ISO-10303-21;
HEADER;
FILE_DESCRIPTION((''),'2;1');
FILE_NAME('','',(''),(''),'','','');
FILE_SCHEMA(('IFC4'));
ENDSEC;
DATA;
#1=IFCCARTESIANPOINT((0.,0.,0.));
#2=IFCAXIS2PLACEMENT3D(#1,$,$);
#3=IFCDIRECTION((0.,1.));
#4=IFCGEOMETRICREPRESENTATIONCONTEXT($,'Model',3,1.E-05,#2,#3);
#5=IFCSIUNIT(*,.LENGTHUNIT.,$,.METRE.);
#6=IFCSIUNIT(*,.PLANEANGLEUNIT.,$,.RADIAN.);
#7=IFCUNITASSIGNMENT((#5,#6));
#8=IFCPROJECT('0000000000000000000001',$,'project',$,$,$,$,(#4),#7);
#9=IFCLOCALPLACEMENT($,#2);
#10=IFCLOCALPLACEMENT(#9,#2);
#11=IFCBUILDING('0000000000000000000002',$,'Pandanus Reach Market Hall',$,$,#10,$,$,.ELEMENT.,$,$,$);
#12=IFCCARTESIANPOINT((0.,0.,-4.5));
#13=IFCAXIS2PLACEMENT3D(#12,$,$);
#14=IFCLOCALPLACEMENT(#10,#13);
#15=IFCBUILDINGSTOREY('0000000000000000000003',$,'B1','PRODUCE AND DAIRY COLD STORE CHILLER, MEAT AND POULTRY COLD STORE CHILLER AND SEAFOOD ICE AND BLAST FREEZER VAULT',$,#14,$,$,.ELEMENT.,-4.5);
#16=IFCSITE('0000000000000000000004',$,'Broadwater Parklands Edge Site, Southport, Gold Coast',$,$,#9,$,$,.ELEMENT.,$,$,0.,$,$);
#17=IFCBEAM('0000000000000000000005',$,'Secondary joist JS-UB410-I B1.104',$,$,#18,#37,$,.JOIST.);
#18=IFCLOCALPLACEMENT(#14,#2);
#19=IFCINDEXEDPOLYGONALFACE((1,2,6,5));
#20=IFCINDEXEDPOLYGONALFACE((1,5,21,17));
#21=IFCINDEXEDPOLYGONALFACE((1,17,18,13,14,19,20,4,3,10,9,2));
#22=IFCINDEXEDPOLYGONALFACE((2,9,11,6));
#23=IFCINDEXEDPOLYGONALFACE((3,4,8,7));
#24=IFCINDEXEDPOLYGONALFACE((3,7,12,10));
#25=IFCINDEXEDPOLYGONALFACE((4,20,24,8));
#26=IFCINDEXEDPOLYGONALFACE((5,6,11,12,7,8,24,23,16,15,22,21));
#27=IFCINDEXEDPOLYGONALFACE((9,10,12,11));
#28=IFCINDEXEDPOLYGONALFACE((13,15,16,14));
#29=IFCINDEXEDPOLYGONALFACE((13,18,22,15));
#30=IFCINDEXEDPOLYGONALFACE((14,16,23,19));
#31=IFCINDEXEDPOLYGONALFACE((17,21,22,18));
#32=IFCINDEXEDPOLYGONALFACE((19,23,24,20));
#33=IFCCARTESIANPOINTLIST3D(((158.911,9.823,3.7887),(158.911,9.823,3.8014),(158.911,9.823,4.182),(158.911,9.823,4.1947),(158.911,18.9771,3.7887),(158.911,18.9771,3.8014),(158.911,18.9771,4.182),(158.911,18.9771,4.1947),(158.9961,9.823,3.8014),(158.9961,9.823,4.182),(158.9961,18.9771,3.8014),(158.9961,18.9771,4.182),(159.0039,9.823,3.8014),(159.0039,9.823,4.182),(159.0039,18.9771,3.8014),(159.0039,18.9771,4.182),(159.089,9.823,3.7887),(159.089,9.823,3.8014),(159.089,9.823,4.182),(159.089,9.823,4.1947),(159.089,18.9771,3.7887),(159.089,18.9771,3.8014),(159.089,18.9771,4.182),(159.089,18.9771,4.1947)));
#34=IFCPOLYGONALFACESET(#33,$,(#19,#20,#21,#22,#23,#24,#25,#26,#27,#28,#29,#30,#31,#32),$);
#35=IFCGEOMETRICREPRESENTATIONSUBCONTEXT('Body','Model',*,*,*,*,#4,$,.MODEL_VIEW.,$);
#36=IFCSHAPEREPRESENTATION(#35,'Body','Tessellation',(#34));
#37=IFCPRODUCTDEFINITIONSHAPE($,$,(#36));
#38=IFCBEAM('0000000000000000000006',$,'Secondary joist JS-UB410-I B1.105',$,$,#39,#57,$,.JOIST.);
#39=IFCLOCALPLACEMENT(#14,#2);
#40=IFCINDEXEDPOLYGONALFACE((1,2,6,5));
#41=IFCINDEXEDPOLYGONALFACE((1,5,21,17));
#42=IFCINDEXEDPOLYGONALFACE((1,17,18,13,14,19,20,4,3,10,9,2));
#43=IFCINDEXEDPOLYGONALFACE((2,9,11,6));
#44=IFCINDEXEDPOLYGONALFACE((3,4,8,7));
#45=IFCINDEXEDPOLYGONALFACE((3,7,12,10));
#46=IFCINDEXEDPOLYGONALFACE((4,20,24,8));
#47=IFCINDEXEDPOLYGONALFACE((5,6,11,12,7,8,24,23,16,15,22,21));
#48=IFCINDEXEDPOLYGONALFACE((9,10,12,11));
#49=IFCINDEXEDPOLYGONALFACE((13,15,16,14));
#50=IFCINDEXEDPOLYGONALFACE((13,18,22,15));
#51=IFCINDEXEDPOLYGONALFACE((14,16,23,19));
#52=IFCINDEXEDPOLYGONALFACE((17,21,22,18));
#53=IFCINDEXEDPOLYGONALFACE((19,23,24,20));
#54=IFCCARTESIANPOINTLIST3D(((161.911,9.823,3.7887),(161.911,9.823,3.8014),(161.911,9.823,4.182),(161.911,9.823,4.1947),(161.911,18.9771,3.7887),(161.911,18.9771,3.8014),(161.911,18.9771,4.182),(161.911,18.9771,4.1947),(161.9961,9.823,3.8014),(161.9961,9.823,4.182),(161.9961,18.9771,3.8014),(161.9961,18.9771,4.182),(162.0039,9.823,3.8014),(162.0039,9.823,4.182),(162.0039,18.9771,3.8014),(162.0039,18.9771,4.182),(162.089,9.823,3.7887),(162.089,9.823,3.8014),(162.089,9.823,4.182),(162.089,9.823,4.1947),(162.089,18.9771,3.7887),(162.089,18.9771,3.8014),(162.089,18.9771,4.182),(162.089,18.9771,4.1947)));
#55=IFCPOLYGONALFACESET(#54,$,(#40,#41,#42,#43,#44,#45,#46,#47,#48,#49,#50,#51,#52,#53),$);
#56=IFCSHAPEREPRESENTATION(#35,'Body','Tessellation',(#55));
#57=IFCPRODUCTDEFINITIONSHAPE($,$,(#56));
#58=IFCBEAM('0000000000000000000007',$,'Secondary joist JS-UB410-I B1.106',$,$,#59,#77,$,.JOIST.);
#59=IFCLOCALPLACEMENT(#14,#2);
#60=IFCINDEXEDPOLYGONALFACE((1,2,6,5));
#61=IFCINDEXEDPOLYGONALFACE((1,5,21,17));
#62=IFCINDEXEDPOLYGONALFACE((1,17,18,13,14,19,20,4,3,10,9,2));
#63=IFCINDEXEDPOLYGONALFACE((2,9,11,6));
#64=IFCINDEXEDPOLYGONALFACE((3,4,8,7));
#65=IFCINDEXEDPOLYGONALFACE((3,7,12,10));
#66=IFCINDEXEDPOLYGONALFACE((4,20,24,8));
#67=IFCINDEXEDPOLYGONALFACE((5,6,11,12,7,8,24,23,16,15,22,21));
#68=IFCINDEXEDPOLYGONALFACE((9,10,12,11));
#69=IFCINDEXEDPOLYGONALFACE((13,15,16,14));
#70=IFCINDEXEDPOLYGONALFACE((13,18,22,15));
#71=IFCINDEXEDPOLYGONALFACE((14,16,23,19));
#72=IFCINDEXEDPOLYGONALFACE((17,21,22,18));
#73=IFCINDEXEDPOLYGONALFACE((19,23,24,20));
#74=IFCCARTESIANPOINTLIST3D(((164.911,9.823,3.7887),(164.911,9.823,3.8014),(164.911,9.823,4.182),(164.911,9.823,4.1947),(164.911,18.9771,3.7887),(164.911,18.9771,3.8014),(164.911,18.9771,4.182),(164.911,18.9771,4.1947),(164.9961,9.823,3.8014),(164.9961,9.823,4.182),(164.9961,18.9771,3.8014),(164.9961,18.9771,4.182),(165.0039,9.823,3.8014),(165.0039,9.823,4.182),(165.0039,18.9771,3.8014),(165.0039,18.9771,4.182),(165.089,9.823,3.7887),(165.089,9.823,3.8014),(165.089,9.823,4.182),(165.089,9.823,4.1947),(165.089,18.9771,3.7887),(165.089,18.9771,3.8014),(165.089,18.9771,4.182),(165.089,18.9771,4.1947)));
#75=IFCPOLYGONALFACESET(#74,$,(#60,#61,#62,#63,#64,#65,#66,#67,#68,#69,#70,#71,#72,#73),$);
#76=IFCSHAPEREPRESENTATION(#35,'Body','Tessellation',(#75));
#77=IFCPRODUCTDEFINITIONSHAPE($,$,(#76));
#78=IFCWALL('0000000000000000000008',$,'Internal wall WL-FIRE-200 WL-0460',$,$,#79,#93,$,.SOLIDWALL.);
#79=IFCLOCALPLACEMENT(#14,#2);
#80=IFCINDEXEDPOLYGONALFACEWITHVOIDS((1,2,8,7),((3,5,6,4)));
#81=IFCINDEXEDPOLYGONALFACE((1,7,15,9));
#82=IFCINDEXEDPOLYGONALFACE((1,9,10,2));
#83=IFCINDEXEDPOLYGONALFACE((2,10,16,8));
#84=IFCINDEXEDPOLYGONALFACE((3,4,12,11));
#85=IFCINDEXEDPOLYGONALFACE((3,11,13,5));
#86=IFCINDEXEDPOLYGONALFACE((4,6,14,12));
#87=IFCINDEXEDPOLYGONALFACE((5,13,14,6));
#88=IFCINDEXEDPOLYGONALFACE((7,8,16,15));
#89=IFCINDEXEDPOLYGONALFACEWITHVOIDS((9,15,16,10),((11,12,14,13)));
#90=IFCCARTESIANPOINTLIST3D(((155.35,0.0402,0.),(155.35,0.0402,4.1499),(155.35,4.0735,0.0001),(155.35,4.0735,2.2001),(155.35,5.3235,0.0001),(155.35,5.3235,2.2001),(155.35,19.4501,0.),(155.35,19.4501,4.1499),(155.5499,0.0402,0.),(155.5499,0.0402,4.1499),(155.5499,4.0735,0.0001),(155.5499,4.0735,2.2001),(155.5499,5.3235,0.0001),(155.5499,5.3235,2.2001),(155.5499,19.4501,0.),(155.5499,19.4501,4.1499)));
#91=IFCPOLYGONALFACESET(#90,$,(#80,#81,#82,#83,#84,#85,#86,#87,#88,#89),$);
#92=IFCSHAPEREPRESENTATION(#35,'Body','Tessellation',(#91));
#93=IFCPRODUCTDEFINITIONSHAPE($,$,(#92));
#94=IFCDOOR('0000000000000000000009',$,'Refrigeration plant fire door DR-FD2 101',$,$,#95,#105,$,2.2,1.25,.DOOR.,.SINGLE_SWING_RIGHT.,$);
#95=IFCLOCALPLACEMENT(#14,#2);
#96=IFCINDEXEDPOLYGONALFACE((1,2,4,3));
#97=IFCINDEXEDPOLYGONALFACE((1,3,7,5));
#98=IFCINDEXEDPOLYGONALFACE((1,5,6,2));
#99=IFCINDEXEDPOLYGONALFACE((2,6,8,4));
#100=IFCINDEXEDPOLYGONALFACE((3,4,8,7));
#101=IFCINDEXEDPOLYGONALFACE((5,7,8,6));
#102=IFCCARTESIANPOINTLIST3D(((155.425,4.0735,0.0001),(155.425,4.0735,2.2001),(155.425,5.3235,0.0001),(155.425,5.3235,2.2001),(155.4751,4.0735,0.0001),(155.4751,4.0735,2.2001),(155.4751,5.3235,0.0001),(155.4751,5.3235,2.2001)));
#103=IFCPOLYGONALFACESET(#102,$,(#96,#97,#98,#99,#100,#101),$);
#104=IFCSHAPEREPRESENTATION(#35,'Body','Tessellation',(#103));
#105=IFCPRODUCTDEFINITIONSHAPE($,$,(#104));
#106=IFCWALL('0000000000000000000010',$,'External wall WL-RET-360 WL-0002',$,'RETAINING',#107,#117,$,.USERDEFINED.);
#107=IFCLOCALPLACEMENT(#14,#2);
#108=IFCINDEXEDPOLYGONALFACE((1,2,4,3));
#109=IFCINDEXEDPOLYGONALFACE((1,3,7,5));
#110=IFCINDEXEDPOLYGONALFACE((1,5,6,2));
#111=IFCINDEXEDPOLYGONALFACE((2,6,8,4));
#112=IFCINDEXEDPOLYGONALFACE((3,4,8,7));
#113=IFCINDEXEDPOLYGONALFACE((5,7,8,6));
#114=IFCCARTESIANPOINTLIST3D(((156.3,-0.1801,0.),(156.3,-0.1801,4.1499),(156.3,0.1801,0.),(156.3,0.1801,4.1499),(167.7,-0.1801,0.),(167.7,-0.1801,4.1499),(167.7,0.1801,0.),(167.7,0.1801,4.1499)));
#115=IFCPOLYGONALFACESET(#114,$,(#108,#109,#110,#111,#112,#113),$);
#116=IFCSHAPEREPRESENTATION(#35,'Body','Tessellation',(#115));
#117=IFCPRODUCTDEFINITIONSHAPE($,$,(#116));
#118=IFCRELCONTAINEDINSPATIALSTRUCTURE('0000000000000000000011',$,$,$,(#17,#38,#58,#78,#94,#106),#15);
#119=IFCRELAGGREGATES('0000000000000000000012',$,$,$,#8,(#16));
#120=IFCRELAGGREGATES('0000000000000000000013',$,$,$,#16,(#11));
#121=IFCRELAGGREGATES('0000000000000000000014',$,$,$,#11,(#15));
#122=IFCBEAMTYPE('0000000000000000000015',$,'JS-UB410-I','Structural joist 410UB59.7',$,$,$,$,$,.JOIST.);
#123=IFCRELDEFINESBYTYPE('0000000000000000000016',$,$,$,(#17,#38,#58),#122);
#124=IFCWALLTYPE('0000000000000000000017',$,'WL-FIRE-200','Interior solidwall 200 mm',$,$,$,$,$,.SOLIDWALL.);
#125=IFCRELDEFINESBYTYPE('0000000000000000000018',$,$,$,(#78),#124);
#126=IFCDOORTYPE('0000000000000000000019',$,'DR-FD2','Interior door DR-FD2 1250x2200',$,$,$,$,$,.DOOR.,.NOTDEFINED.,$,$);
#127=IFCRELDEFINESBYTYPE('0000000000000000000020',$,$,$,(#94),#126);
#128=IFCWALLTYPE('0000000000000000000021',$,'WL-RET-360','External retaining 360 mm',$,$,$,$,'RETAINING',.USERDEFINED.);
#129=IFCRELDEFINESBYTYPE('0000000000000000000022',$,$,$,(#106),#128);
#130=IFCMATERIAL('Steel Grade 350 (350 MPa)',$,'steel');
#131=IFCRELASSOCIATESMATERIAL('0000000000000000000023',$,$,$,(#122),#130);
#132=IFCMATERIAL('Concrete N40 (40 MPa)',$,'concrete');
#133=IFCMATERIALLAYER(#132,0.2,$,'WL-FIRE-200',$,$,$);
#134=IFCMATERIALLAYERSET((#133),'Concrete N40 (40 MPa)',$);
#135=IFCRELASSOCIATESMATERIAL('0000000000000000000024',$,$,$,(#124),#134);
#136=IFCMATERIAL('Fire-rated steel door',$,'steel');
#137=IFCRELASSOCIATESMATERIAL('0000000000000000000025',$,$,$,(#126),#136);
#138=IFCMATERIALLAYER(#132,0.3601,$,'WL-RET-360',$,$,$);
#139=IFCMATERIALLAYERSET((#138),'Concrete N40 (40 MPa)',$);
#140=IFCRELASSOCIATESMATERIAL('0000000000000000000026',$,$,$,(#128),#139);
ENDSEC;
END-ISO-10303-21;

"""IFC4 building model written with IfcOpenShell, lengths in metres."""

from ifc_helpers import new_model, si_unit, direction, frame, frame_2d, origin, origin_2d, place, context, subcontext, project, spatial, rectangle, i_section, extrude, material, layer, layer_set, material_profile, profile_set, type_object, element, fill, save


model = new_model("IFC4")

# Units and contexts
model_context = context("Model", 3, precision=1e-05, world=origin(), true_north=direction((0.0, 1.0)))
body_context = subcontext(model_context, "Body", "Model", "MODEL_VIEW")
ifc_project = project(units=[si_unit("LENGTHUNIT", "METRE"), si_unit("PLANEANGLEUNIT", "RADIAN")], contexts=[model_context])

# Site, building, storey
site_placement = place(None, origin())
site = spatial("IfcSite", under=ifc_project, at=site_placement, Name="Broadwater Parklands Edge Site, Southport, Gold Coast", CompositionType="ELEMENT", RefElevation=0.0)
building_placement = place(site_placement, origin())
building = spatial("IfcBuilding", under=site, at=building_placement, Name="Pandanus Reach Market Hall", CompositionType="ELEMENT")
storey_placement = place(building_placement, frame((0.0, 0.0, -4.5)))
storey = spatial("IfcBuildingStorey", under=building, at=storey_placement, Name="B1", Description="PRODUCE AND DAIRY COLD STORE CHILLER, MEAT AND POULTRY COLD STORE CHILLER AND SEAFOOD ICE AND BLAST FREEZER VAULT", CompositionType="ELEMENT", Elevation=-4.5)

# Shared definitions
ifc_material_1 = material(Name="Concrete N40 (40 MPa)", Category="concrete")

# Beams
ifc_material_2 = material(Name="Steel Grade 350 (350 MPa)", Category="steel")
ifc_material_profile_1 = material_profile(ifc_material_2, i_section(OverallWidth=0.178, OverallDepth=0.406, WebThickness=0.0078, FlangeThickness=0.0127, at=origin_2d()), Name="410UB59.7", Category="LoadBearing")
ifc_profile_set_1 = profile_set([ifc_material_profile_1], Name="Steel Grade 350 (350 MPa)")
beam_type_1 = type_object("IfcBeamType", Name="JS-UB410-I", Description="Structural joist 410UB59.7", PredefinedType="JOIST", material=ifc_profile_set_1)
for number, where, z_axis, x_axis, name in (
    (1, (159.0, 9.823, 3.9917), (0.0, 1.0, 0.0), (-1.0, 0.0, 0.0), "Secondary joist JS-UB410-I B1.104"),
    (2, (162.0, 9.823, 3.9917), (0.0, 1.0, 0.0), (-1.0, 0.0, 0.0), "Secondary joist JS-UB410-I B1.105"),
    (3, (165.0, 9.823, 3.9917), (0.0, 1.0, 0.0), (-1.0, 0.0, 0.0), "Secondary joist JS-UB410-I B1.106"),
):
    element("IfcBeam", number, at=place(storey_placement, frame(where, z_axis=z_axis, x_axis=x_axis)), inside=storey, type_object=beam_type_1, Name=name, PredefinedType="JOIST", context=body_context, shape_type="SweptSolid", body=[
        extrude(i_section(OverallWidth=0.178, OverallDepth=0.406, WebThickness=0.0078, FlangeThickness=0.0127, at=origin_2d()), origin(), (0.0, 0.0, 1.0), 9.1541),
    ])

# Wall, opening, door
ifc_layer_1 = layer(ifc_material_1, 0.2, Name="WL-FIRE-200")
ifc_layer_set_1 = layer_set([ifc_layer_1], Name="Concrete N40 (40 MPa)")
wall_type_1 = type_object("IfcWallType", Name="WL-FIRE-200", Description="Interior solidwall 200 mm", PredefinedType="SOLIDWALL", material=ifc_layer_set_1)
wall_1_placement = place(storey_placement, frame((155.45, 0.04, 0.0), z_axis=(0.0, 0.0, 1.0), x_axis=(0.0, 1.0, 0.0)))
wall_1 = element("IfcWall", 4, at=wall_1_placement, inside=storey, type_object=wall_type_1, Name="Internal wall WL-FIRE-200 WL-0460", PredefinedType="SOLIDWALL", context=body_context, shape_type="SweptSolid", body=[
    extrude(rectangle(XDim=19.4099, YDim=0.2, at=frame_2d((9.7051, 0.0))), origin(), (0.0, 0.0, 1.0), 4.1499),
])
opening_placement = place(wall_1_placement, frame((4.0334, 0.0, 0.0)))
opening = element("IfcOpeningElement", 5, at=opening_placement, cuts=wall_1, PredefinedType="OPENING", context=body_context, shape_type="SweptSolid", body=[
    extrude(rectangle(XDim=1.25, YDim=2.2, at=frame_2d((0.625, 1.1001))), frame((0.0, 0.115, 0.0), z_axis=(0.0, -1.0, 0.0), x_axis=(1.0, 0.0, 0.0)), (0.0, 0.0, 1.0), 0.23),
])
ifc_material_3 = material(Name="Fire-rated steel door", Category="steel")
door_type = type_object("IfcDoorType", Name="DR-FD2", Description="Interior door DR-FD2 1250x2200", OperationType="NOTDEFINED", PredefinedType="DOOR", material=ifc_material_3)
door_placement = place(opening_placement, origin())
door = element("IfcDoor", 6, at=door_placement, inside=storey, type_object=door_type, Name="Refrigeration plant fire door DR-FD2 101", OperationType="SINGLE_SWING_RIGHT", OverallHeight=2.2, OverallWidth=1.25, PredefinedType="DOOR", context=body_context, shape_type="SweptSolid", body=[
    extrude(rectangle(XDim=1.25, YDim=2.2, at=frame_2d((0.625, 1.1001))), frame((0.0, 0.0249, 0.0), z_axis=(0.0, -1.0, 0.0), x_axis=(1.0, 0.0, 0.0)), (0.0, 0.0, 1.0), 0.05),
])
fill(opening, door)

# Wall
ifc_layer_2 = layer(ifc_material_1, 0.3601, Name="WL-RET-360")
ifc_layer_set_2 = layer_set([ifc_layer_2], Name="Concrete N40 (40 MPa)")
wall_type_2 = type_object("IfcWallType", Name="WL-RET-360", Description="External retaining 360 mm", ElementType="RETAINING", PredefinedType="USERDEFINED", material=ifc_layer_set_2)
wall_2_placement = place(storey_placement, frame((156.3, 0.0, 0.0), z_axis=(0.0, 0.0, 1.0), x_axis=(1.0, 0.0, 0.0)))
element("IfcWall", 7, at=wall_2_placement, inside=storey, type_object=wall_type_2, Name="External wall WL-RET-360 WL-0002", ObjectType="RETAINING", PredefinedType="USERDEFINED", context=body_context, shape_type="SweptSolid", body=[
    extrude(rectangle(XDim=11.3999, YDim=0.3601, at=frame_2d((5.7, 0.0))), origin(), (0.0, 0.0, 1.0), 4.1499),
])

save(model, "model.ifc")
